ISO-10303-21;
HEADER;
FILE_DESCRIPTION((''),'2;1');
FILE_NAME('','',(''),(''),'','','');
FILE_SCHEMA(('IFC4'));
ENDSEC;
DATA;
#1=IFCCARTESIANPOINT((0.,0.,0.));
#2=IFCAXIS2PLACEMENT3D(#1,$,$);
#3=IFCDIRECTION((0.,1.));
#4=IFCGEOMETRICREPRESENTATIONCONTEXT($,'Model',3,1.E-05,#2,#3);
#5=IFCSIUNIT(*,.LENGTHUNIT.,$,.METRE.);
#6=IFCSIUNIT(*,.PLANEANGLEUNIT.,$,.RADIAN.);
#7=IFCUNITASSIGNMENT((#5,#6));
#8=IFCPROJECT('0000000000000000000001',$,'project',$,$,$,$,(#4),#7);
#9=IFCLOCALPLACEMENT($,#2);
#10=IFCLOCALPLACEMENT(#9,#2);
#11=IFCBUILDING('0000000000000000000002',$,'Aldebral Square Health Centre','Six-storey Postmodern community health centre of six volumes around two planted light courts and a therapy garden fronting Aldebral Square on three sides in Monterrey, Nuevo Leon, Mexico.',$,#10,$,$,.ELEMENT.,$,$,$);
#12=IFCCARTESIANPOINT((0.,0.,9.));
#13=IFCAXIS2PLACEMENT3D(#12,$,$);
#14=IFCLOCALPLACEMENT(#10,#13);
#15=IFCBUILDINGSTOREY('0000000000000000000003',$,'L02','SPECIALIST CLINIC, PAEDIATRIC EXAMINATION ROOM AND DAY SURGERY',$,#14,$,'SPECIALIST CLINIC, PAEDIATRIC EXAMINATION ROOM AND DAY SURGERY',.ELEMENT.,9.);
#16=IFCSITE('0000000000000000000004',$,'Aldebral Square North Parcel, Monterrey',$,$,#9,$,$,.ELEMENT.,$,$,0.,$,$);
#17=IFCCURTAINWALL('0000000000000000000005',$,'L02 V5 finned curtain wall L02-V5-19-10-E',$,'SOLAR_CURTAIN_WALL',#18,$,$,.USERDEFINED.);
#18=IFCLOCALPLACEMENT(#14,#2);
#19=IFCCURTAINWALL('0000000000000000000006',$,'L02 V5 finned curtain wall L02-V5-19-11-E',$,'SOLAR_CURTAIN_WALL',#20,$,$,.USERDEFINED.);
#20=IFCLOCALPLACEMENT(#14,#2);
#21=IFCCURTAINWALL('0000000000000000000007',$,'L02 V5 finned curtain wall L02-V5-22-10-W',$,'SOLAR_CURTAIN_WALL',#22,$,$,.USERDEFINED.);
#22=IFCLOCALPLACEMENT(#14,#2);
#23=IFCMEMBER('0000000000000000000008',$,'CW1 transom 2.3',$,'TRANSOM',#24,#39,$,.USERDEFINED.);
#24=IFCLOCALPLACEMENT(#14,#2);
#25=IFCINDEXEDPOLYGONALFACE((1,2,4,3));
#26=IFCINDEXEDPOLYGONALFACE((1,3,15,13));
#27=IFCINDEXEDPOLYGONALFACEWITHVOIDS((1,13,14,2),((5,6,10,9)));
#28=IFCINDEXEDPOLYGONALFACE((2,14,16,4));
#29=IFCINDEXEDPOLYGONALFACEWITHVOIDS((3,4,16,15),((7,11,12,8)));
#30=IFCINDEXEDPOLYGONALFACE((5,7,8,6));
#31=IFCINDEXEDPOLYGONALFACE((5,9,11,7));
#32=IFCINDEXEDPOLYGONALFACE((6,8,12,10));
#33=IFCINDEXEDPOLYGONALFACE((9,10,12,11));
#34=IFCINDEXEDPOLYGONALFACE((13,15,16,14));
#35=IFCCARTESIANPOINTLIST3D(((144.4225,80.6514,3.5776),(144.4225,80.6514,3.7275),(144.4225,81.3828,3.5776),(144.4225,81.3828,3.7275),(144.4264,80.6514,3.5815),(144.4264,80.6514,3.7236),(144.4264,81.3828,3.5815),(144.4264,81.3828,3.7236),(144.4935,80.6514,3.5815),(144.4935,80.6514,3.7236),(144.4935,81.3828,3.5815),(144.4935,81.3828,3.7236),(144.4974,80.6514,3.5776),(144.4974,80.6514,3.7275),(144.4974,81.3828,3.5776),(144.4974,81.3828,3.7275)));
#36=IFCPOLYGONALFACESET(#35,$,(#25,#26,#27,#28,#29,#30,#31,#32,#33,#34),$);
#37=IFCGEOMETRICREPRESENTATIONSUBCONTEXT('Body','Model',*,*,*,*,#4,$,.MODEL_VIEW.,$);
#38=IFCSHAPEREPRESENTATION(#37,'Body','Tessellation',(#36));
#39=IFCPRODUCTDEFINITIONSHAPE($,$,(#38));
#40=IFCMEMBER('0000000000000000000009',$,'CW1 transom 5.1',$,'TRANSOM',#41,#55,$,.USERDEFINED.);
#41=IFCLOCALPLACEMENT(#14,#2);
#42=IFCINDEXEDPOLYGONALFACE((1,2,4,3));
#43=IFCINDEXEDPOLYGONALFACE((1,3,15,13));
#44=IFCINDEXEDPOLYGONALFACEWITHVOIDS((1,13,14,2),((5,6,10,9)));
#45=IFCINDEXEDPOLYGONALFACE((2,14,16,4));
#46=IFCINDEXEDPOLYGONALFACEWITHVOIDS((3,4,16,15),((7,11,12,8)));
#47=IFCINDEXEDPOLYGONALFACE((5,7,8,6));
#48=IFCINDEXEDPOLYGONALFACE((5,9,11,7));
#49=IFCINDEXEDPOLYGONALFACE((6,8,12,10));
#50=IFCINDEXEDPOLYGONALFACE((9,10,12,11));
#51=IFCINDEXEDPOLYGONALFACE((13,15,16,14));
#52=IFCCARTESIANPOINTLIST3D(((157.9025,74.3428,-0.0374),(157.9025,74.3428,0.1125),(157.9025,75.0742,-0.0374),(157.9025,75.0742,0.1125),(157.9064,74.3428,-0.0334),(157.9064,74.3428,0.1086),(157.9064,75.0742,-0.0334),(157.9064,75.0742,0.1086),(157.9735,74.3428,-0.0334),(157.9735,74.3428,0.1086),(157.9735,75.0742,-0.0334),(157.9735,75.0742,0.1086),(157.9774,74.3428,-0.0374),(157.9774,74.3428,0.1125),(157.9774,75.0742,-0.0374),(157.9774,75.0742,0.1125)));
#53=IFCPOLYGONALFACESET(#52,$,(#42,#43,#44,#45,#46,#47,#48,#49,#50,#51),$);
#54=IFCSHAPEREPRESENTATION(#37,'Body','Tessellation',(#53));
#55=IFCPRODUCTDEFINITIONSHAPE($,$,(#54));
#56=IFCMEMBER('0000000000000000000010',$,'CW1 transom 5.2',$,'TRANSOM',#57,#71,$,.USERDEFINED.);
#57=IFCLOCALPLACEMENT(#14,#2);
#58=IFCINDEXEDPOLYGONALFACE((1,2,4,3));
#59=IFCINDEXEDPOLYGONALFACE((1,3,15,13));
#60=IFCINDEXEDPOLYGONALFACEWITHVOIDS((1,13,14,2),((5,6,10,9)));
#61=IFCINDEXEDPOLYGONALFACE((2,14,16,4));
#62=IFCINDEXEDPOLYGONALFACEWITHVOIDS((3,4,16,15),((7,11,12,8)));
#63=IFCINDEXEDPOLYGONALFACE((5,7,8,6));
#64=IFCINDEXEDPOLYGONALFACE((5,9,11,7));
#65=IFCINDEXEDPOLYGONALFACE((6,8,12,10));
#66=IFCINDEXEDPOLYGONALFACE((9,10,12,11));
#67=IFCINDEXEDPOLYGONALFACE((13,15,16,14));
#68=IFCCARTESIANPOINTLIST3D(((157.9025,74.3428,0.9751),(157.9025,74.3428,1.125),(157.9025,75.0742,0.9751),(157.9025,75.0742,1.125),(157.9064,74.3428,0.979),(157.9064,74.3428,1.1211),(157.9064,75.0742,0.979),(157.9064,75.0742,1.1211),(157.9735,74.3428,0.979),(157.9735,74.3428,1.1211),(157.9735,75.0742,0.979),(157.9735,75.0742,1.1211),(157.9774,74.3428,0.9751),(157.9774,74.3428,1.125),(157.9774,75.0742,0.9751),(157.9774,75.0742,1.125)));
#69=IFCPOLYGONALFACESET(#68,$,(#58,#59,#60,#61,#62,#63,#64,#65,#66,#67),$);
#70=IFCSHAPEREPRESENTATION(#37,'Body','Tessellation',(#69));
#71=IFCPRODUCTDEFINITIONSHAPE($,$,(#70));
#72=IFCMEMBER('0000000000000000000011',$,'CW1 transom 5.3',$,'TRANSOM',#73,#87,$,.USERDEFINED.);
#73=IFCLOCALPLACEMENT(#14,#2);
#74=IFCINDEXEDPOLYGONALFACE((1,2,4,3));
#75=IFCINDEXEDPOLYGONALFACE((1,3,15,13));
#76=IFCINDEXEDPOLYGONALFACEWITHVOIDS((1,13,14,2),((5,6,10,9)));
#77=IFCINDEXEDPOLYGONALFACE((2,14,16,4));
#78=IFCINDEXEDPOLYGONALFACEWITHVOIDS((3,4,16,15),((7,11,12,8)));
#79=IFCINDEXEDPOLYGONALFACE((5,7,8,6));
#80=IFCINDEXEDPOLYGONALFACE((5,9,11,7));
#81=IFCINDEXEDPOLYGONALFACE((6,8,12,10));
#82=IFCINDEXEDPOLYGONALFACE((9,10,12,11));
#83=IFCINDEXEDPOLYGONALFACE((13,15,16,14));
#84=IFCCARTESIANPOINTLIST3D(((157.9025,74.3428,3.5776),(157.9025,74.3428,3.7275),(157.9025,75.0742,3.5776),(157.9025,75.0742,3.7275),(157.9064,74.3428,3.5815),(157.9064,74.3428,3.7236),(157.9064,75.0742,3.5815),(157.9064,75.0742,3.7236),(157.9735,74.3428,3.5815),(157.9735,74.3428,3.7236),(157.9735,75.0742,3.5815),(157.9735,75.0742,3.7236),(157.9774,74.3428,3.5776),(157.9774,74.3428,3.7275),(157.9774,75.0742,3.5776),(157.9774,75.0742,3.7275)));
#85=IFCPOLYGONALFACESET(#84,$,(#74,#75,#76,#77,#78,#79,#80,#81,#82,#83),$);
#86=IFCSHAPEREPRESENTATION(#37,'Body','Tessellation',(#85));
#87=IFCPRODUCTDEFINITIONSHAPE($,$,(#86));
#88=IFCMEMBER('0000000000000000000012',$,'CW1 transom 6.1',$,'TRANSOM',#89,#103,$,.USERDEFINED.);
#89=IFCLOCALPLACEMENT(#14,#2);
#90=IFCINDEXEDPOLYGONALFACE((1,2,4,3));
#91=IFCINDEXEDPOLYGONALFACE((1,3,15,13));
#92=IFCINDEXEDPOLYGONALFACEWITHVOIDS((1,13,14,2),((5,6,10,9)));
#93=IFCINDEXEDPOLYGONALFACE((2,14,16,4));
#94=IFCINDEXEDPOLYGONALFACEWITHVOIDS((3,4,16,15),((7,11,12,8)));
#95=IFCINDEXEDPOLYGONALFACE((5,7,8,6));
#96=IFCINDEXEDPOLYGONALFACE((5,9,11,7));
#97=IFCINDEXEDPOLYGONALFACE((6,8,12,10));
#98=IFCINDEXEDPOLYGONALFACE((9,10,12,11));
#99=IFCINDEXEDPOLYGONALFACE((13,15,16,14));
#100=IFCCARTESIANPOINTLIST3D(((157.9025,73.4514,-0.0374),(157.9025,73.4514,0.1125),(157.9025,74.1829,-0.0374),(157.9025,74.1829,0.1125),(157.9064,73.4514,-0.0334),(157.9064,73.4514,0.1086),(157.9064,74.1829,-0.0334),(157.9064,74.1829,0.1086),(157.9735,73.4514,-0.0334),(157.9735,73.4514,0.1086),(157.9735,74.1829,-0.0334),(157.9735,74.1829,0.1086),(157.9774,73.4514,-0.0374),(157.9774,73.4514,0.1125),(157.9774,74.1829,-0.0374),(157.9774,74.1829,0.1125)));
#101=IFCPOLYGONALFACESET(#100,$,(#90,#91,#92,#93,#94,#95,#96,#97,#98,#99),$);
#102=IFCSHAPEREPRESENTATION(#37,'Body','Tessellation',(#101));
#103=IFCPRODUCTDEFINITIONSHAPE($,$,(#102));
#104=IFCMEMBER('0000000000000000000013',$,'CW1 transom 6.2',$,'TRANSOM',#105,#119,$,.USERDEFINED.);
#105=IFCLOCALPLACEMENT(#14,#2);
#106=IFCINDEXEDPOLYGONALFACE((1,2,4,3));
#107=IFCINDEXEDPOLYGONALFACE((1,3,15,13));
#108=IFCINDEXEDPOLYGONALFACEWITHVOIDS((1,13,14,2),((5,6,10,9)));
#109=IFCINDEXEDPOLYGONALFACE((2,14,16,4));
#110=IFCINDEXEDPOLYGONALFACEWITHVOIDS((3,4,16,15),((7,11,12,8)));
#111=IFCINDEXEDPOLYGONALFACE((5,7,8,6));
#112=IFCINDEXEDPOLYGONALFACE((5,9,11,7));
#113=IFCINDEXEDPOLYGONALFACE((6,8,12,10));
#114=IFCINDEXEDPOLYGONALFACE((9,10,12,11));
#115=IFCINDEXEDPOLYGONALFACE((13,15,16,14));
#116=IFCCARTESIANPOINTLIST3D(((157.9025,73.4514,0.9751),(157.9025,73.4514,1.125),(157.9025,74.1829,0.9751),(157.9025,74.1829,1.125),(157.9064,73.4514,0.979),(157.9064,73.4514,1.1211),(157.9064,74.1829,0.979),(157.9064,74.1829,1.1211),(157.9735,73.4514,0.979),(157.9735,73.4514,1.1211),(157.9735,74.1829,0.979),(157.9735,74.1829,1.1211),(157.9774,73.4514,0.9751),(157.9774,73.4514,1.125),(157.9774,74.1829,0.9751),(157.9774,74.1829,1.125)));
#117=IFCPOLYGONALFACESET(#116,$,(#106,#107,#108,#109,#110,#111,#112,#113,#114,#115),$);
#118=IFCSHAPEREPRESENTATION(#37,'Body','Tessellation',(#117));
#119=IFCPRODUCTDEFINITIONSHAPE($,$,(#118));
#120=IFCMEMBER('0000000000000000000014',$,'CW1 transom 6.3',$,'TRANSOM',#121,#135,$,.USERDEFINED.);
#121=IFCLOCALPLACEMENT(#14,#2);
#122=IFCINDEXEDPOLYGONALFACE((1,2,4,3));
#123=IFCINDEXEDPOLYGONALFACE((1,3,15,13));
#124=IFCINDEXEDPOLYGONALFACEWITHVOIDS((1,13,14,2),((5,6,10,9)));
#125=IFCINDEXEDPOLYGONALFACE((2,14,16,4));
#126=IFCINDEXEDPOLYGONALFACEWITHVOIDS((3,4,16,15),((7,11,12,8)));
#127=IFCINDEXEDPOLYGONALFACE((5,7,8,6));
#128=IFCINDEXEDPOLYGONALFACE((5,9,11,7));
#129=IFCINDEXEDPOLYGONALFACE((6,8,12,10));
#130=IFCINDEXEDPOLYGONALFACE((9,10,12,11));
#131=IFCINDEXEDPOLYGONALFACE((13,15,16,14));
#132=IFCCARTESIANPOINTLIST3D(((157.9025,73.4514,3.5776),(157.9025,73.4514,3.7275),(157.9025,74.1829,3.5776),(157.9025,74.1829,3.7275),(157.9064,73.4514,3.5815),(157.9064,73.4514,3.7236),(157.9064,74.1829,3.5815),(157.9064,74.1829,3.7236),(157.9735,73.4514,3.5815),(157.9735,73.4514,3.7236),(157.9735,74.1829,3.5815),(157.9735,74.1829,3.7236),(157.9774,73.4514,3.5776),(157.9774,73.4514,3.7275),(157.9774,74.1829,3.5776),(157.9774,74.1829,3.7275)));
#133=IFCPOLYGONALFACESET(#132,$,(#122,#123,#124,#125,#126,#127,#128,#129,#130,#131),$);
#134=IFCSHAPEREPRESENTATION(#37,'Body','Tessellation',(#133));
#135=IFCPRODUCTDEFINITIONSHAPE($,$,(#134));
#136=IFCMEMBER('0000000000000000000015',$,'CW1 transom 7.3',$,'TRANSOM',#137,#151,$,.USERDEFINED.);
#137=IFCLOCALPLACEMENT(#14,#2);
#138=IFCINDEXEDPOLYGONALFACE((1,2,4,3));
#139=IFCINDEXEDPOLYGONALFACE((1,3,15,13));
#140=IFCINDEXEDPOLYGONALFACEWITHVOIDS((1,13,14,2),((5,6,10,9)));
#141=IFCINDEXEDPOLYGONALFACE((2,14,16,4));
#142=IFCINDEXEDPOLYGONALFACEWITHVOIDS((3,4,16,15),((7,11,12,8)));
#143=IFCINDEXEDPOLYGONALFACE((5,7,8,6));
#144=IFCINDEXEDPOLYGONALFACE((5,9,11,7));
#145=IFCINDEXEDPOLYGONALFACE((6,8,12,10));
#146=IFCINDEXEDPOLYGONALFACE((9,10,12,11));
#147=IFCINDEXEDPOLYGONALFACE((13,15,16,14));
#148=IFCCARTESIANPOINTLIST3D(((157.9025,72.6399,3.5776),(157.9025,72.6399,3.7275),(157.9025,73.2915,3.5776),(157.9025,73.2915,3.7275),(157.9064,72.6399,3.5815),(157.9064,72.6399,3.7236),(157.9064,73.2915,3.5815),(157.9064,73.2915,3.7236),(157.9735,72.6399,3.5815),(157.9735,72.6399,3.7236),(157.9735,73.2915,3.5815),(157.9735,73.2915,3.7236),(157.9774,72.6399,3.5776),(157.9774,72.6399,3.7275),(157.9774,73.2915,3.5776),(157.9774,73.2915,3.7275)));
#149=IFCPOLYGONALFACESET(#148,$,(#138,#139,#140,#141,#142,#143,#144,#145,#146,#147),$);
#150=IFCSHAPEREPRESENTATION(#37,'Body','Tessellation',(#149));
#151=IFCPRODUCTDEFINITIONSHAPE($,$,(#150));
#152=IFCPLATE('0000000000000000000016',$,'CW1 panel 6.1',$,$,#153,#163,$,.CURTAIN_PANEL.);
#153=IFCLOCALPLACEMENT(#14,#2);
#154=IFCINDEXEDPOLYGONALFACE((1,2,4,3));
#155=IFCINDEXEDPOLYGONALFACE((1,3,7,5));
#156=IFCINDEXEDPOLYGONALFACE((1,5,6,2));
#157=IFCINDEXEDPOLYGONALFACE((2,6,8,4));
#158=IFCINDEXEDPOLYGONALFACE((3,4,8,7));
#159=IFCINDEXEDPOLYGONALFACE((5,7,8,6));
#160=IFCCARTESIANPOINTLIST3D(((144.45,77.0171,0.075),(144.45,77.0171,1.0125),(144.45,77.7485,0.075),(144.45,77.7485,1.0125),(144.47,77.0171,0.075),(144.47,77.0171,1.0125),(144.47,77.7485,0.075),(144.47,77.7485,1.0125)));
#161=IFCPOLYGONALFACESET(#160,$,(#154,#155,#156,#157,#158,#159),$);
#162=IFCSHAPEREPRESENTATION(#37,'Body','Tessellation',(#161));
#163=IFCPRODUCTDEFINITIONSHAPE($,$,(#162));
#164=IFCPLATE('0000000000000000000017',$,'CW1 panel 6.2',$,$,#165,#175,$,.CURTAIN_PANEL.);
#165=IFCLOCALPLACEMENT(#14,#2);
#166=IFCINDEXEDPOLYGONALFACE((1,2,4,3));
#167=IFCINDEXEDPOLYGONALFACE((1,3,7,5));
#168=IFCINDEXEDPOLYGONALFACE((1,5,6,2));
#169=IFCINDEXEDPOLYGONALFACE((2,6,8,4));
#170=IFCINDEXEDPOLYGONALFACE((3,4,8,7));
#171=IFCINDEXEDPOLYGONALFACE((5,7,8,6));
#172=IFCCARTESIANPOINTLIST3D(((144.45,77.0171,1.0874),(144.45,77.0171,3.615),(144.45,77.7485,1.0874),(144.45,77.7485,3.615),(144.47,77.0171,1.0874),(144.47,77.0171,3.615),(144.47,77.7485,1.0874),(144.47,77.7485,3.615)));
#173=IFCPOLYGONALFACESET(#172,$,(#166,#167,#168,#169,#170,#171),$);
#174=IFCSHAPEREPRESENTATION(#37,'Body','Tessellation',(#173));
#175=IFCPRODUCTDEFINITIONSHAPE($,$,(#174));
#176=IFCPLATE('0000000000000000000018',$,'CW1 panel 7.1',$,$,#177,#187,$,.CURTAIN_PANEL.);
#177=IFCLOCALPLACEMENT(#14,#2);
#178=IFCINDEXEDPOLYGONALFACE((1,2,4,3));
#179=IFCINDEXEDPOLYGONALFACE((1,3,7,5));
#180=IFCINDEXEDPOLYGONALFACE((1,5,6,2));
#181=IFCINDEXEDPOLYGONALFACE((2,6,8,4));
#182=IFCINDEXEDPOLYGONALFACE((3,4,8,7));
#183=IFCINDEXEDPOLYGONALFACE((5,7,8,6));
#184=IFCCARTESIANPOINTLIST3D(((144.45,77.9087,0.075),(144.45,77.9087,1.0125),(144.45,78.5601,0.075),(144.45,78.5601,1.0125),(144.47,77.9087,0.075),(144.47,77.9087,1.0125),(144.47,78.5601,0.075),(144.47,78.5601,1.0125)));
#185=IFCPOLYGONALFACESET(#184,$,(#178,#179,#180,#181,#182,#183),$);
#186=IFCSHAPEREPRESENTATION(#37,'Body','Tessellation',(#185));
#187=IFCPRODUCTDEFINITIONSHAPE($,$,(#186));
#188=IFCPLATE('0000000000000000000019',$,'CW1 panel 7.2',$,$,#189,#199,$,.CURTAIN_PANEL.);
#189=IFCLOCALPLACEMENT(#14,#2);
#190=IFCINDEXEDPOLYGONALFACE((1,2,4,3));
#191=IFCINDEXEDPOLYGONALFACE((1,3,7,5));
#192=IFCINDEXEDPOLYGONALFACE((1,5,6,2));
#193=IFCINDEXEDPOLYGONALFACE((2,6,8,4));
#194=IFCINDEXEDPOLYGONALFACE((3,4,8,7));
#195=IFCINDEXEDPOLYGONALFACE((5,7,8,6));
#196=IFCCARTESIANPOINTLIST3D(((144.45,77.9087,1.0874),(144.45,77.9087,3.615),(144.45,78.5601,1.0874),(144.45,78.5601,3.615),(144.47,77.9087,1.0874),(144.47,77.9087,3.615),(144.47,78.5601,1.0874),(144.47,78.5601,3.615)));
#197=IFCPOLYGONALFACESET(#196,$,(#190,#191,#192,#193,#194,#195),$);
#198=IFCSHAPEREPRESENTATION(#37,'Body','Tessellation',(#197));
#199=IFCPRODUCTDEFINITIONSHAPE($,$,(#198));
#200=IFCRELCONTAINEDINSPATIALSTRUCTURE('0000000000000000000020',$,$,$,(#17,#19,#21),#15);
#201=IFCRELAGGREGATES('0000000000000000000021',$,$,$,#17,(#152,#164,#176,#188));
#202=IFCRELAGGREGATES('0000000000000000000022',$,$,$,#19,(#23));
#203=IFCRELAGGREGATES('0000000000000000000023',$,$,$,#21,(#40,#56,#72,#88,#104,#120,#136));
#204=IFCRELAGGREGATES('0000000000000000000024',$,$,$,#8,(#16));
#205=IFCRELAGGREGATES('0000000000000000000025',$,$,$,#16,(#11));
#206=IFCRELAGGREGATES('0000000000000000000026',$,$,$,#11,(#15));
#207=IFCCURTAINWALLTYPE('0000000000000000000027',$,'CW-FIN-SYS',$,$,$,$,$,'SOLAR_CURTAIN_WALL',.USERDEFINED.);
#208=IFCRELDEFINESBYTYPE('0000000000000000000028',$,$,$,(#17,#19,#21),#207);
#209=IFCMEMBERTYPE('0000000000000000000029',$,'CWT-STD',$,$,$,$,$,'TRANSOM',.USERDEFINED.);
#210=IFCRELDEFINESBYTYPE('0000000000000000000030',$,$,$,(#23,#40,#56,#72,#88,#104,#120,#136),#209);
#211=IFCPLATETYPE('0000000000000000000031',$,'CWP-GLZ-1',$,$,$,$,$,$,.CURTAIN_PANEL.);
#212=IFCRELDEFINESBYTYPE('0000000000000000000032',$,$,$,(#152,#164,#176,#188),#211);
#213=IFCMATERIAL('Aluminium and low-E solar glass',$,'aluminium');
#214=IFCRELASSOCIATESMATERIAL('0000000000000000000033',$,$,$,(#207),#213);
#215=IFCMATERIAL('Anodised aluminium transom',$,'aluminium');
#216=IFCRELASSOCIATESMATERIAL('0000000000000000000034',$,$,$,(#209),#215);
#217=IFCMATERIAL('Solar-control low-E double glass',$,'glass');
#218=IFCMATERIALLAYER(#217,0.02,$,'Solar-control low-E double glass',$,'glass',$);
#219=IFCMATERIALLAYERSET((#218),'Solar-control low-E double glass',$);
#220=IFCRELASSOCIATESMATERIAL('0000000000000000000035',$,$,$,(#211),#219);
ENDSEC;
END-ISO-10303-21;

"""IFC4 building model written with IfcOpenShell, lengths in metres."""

from ifc_helpers import new_model, si_unit, direction, frame, origin, origin_2d, place, context, subcontext, project, spatial, rectangle, hollow_rectangle, extrude, material, layer, layer_set, material_profile, profile_set, type_object, element, aggregate, save


model = new_model("IFC4")

# Units and contexts
model_context = context("Model", 3, precision=1e-05, world=origin(), true_north=direction((0.0, 1.0)))
body_context = subcontext(model_context, "Body", "Model", "MODEL_VIEW")
ifc_project = project(units=[si_unit("LENGTHUNIT", "METRE"), si_unit("PLANEANGLEUNIT", "RADIAN")], contexts=[model_context])

# Site, building, storey
site_placement = place(None, origin())
site = spatial("IfcSite", under=ifc_project, at=site_placement, Name="Aldebral Square North Parcel, Monterrey", CompositionType="ELEMENT", RefElevation=0.0)
building_placement = place(site_placement, origin())
building = spatial("IfcBuilding", under=site, at=building_placement, Name="Aldebral Square Health Centre", Description="Six-storey Postmodern community health centre of six volumes around two planted light courts and a therapy garden fronting Aldebral Square on three sides in Monterrey, Nuevo Leon, Mexico.", CompositionType="ELEMENT")
storey_placement = place(building_placement, frame((0.0, 0.0, 9.0)))
storey = spatial("IfcBuildingStorey", under=building, at=storey_placement, Name="L02", Description="SPECIALIST CLINIC, PAEDIATRIC EXAMINATION ROOM AND DAY SURGERY", LongName="SPECIALIST CLINIC, PAEDIATRIC EXAMINATION ROOM AND DAY SURGERY", CompositionType="ELEMENT", Elevation=9.0)

# Curtain walls
ifc_material_1 = material(Name="Aluminium and low-E solar glass", Category="aluminium")
curtain_wall_type = type_object("IfcCurtainWallType", Name="CW-FIN-SYS", ElementType="SOLAR_CURTAIN_WALL", PredefinedType="USERDEFINED", material=ifc_material_1)
curtain_wall_1_placement = place(storey_placement, origin())
curtain_wall_1 = element("IfcCurtainWall", 1, at=curtain_wall_1_placement, inside=storey, type_object=curtain_wall_type, Name="L02 V5 finned curtain wall L02-V5-19-10-E", ObjectType="SOLAR_CURTAIN_WALL", PredefinedType="USERDEFINED")
curtain_wall_2_placement = place(storey_placement, origin())
curtain_wall_2 = element("IfcCurtainWall", 2, at=curtain_wall_2_placement, inside=storey, type_object=curtain_wall_type, Name="L02 V5 finned curtain wall L02-V5-19-11-E", ObjectType="SOLAR_CURTAIN_WALL", PredefinedType="USERDEFINED")
curtain_wall_3_placement = place(storey_placement, origin())
curtain_wall_3 = element("IfcCurtainWall", 3, at=curtain_wall_3_placement, inside=storey, type_object=curtain_wall_type, Name="L02 V5 finned curtain wall L02-V5-22-10-W", ObjectType="SOLAR_CURTAIN_WALL", PredefinedType="USERDEFINED")

# Members
ifc_material_2 = material(Name="Anodised aluminium transom", Category="aluminium")
ifc_material_profile_1 = material_profile(ifc_material_2, hollow_rectangle(XDim=0.075, YDim=0.1499, WallThickness=0.0039, at=origin_2d()), Name="CWT 75x150x4")
ifc_profile_set_1 = profile_set([ifc_material_profile_1], Name="Anodised aluminium transom")
member_type_1 = type_object("IfcMemberType", Name="CWT-STD", ElementType="TRANSOM", PredefinedType="USERDEFINED", material=ifc_profile_set_1)
member_1_placement = place(storey_placement, frame((144.46, 80.6514, 3.6526), z_axis=(0.0, 1.0, 0.0), x_axis=(-1.0, 0.0, 0.0)))
member_1 = element("IfcMember", 4, at=member_1_placement, type_object=member_type_1, Name="CW1 transom 2.3", ObjectType="TRANSOM", PredefinedType="USERDEFINED", context=body_context, shape_type="SweptSolid", body=[
    extrude(hollow_rectangle(XDim=0.075, YDim=0.1499, WallThickness=0.0039, at=origin_2d()), origin(), (0.0, 0.0, 1.0), 0.7314),
])
member_2_placement = place(storey_placement, frame((157.9399, 75.0742, 0.0376), z_axis=(0.0, -1.0, 0.0), x_axis=(1.0, 0.0, 0.0)))
member_2 = element("IfcMember", 5, at=member_2_placement, type_object=member_type_1, Name="CW1 transom 5.1", ObjectType="TRANSOM", PredefinedType="USERDEFINED", context=body_context, shape_type="SweptSolid", body=[
    extrude(hollow_rectangle(XDim=0.075, YDim=0.1499, WallThickness=0.0039, at=origin_2d()), origin(), (0.0, 0.0, 1.0), 0.7314),
])
member_3_placement = place(storey_placement, frame((157.9399, 75.0742, 1.05), z_axis=(0.0, -1.0, 0.0), x_axis=(1.0, 0.0, 0.0)))
member_3 = element("IfcMember", 6, at=member_3_placement, type_object=member_type_1, Name="CW1 transom 5.2", ObjectType="TRANSOM", PredefinedType="USERDEFINED", context=body_context, shape_type="SweptSolid", body=[
    extrude(hollow_rectangle(XDim=0.075, YDim=0.1499, WallThickness=0.0039, at=origin_2d()), origin(), (0.0, 0.0, 1.0), 0.7314),
])
member_4_placement = place(storey_placement, frame((157.9399, 75.0742, 3.6526), z_axis=(0.0, -1.0, 0.0), x_axis=(1.0, 0.0, 0.0)))
member_4 = element("IfcMember", 7, at=member_4_placement, type_object=member_type_1, Name="CW1 transom 5.3", ObjectType="TRANSOM", PredefinedType="USERDEFINED", context=body_context, shape_type="SweptSolid", body=[
    extrude(hollow_rectangle(XDim=0.075, YDim=0.1499, WallThickness=0.0039, at=origin_2d()), origin(), (0.0, 0.0, 1.0), 0.7314),
])
member_5_placement = place(storey_placement, frame((157.9399, 74.1829, 0.0376), z_axis=(0.0, -1.0, 0.0), x_axis=(1.0, 0.0, 0.0)))
member_5 = element("IfcMember", 8, at=member_5_placement, type_object=member_type_1, Name="CW1 transom 6.1", ObjectType="TRANSOM", PredefinedType="USERDEFINED", context=body_context, shape_type="SweptSolid", body=[
    extrude(hollow_rectangle(XDim=0.075, YDim=0.1499, WallThickness=0.0039, at=origin_2d()), origin(), (0.0, 0.0, 1.0), 0.7314),
])
member_6_placement = place(storey_placement, frame((157.9399, 74.1829, 1.05), z_axis=(0.0, -1.0, 0.0), x_axis=(1.0, 0.0, 0.0)))
member_6 = element("IfcMember", 9, at=member_6_placement, type_object=member_type_1, Name="CW1 transom 6.2", ObjectType="TRANSOM", PredefinedType="USERDEFINED", context=body_context, shape_type="SweptSolid", body=[
    extrude(hollow_rectangle(XDim=0.075, YDim=0.1499, WallThickness=0.0039, at=origin_2d()), origin(), (0.0, 0.0, 1.0), 0.7314),
])
member_7_placement = place(storey_placement, frame((157.9399, 74.1829, 3.6526), z_axis=(0.0, -1.0, 0.0), x_axis=(1.0, 0.0, 0.0)))
member_7 = element("IfcMember", 10, at=member_7_placement, type_object=member_type_1, Name="CW1 transom 6.3", ObjectType="TRANSOM", PredefinedType="USERDEFINED", context=body_context, shape_type="SweptSolid", body=[
    extrude(hollow_rectangle(XDim=0.075, YDim=0.1499, WallThickness=0.0039, at=origin_2d()), origin(), (0.0, 0.0, 1.0), 0.7314),
])
member_8_placement = place(storey_placement, frame((157.9399, 73.2915, 3.6526), z_axis=(0.0, -1.0, 0.0), x_axis=(1.0, 0.0, 0.0)))
member_8 = element("IfcMember", 11, at=member_8_placement, type_object=member_type_1, Name="CW1 transom 7.3", ObjectType="TRANSOM", PredefinedType="USERDEFINED", context=body_context, shape_type="SweptSolid", body=[
    extrude(hollow_rectangle(XDim=0.075, YDim=0.1499, WallThickness=0.0039, at=origin_2d()), origin(), (0.0, 0.0, 1.0), 0.6516),
])

# Plates
ifc_material_3 = material(Name="Solar-control low-E double glass", Category="glass")
ifc_layer_1 = layer(ifc_material_3, 0.02, Name="Solar-control low-E double glass", Category="glass")
ifc_layer_set_1 = layer_set([ifc_layer_1], Name="Solar-control low-E double glass")
plate_type_1 = type_object("IfcPlateType", Name="CWP-GLZ-1", PredefinedType="CURTAIN_PANEL", material=ifc_layer_set_1)
plate_1_placement = place(storey_placement, frame((144.46, 77.3828, 0.075), z_axis=(0.0, 0.0, 1.0), x_axis=(0.0, 1.0, 0.0)))
plate_1 = element("IfcPlate", 12, at=plate_1_placement, type_object=plate_type_1, Name="CW1 panel 6.1", PredefinedType="CURTAIN_PANEL", context=body_context, shape_type="SweptSolid", body=[
    extrude(rectangle(XDim=0.7314, YDim=0.02, at=origin_2d()), origin(), (0.0, 0.0, 1.0), 0.9375),
])
plate_2_placement = place(storey_placement, frame((144.46, 77.3828, 1.0874), z_axis=(0.0, 0.0, 1.0), x_axis=(0.0, 1.0, 0.0)))
plate_2 = element("IfcPlate", 13, at=plate_2_placement, type_object=plate_type_1, Name="CW1 panel 6.2", PredefinedType="CURTAIN_PANEL", context=body_context, shape_type="SweptSolid", body=[
    extrude(rectangle(XDim=0.7314, YDim=0.02, at=origin_2d()), origin(), (0.0, 0.0, 1.0), 2.5276),
])
plate_3_placement = place(storey_placement, frame((144.46, 78.2344, 0.075), z_axis=(0.0, 0.0, 1.0), x_axis=(0.0, 1.0, 0.0)))
plate_3 = element("IfcPlate", 14, at=plate_3_placement, type_object=plate_type_1, Name="CW1 panel 7.1", PredefinedType="CURTAIN_PANEL", context=body_context, shape_type="SweptSolid", body=[
    extrude(rectangle(XDim=0.6514, YDim=0.02, at=origin_2d()), origin(), (0.0, 0.0, 1.0), 0.9375),
])
plate_4_placement = place(storey_placement, frame((144.46, 78.2344, 1.0874), z_axis=(0.0, 0.0, 1.0), x_axis=(0.0, 1.0, 0.0)))
plate_4 = element("IfcPlate", 15, at=plate_4_placement, type_object=plate_type_1, Name="CW1 panel 7.2", PredefinedType="CURTAIN_PANEL", context=body_context, shape_type="SweptSolid", body=[
    extrude(rectangle(XDim=0.6514, YDim=0.02, at=origin_2d()), origin(), (0.0, 0.0, 1.0), 2.5276),
])
aggregate(curtain_wall_1, [plate_1, plate_2, plate_3, plate_4])
aggregate(curtain_wall_2, [member_1])
aggregate(curtain_wall_3, [member_2, member_3, member_4, member_5, member_6, member_7, member_8])

save(model, "model.ifc")
